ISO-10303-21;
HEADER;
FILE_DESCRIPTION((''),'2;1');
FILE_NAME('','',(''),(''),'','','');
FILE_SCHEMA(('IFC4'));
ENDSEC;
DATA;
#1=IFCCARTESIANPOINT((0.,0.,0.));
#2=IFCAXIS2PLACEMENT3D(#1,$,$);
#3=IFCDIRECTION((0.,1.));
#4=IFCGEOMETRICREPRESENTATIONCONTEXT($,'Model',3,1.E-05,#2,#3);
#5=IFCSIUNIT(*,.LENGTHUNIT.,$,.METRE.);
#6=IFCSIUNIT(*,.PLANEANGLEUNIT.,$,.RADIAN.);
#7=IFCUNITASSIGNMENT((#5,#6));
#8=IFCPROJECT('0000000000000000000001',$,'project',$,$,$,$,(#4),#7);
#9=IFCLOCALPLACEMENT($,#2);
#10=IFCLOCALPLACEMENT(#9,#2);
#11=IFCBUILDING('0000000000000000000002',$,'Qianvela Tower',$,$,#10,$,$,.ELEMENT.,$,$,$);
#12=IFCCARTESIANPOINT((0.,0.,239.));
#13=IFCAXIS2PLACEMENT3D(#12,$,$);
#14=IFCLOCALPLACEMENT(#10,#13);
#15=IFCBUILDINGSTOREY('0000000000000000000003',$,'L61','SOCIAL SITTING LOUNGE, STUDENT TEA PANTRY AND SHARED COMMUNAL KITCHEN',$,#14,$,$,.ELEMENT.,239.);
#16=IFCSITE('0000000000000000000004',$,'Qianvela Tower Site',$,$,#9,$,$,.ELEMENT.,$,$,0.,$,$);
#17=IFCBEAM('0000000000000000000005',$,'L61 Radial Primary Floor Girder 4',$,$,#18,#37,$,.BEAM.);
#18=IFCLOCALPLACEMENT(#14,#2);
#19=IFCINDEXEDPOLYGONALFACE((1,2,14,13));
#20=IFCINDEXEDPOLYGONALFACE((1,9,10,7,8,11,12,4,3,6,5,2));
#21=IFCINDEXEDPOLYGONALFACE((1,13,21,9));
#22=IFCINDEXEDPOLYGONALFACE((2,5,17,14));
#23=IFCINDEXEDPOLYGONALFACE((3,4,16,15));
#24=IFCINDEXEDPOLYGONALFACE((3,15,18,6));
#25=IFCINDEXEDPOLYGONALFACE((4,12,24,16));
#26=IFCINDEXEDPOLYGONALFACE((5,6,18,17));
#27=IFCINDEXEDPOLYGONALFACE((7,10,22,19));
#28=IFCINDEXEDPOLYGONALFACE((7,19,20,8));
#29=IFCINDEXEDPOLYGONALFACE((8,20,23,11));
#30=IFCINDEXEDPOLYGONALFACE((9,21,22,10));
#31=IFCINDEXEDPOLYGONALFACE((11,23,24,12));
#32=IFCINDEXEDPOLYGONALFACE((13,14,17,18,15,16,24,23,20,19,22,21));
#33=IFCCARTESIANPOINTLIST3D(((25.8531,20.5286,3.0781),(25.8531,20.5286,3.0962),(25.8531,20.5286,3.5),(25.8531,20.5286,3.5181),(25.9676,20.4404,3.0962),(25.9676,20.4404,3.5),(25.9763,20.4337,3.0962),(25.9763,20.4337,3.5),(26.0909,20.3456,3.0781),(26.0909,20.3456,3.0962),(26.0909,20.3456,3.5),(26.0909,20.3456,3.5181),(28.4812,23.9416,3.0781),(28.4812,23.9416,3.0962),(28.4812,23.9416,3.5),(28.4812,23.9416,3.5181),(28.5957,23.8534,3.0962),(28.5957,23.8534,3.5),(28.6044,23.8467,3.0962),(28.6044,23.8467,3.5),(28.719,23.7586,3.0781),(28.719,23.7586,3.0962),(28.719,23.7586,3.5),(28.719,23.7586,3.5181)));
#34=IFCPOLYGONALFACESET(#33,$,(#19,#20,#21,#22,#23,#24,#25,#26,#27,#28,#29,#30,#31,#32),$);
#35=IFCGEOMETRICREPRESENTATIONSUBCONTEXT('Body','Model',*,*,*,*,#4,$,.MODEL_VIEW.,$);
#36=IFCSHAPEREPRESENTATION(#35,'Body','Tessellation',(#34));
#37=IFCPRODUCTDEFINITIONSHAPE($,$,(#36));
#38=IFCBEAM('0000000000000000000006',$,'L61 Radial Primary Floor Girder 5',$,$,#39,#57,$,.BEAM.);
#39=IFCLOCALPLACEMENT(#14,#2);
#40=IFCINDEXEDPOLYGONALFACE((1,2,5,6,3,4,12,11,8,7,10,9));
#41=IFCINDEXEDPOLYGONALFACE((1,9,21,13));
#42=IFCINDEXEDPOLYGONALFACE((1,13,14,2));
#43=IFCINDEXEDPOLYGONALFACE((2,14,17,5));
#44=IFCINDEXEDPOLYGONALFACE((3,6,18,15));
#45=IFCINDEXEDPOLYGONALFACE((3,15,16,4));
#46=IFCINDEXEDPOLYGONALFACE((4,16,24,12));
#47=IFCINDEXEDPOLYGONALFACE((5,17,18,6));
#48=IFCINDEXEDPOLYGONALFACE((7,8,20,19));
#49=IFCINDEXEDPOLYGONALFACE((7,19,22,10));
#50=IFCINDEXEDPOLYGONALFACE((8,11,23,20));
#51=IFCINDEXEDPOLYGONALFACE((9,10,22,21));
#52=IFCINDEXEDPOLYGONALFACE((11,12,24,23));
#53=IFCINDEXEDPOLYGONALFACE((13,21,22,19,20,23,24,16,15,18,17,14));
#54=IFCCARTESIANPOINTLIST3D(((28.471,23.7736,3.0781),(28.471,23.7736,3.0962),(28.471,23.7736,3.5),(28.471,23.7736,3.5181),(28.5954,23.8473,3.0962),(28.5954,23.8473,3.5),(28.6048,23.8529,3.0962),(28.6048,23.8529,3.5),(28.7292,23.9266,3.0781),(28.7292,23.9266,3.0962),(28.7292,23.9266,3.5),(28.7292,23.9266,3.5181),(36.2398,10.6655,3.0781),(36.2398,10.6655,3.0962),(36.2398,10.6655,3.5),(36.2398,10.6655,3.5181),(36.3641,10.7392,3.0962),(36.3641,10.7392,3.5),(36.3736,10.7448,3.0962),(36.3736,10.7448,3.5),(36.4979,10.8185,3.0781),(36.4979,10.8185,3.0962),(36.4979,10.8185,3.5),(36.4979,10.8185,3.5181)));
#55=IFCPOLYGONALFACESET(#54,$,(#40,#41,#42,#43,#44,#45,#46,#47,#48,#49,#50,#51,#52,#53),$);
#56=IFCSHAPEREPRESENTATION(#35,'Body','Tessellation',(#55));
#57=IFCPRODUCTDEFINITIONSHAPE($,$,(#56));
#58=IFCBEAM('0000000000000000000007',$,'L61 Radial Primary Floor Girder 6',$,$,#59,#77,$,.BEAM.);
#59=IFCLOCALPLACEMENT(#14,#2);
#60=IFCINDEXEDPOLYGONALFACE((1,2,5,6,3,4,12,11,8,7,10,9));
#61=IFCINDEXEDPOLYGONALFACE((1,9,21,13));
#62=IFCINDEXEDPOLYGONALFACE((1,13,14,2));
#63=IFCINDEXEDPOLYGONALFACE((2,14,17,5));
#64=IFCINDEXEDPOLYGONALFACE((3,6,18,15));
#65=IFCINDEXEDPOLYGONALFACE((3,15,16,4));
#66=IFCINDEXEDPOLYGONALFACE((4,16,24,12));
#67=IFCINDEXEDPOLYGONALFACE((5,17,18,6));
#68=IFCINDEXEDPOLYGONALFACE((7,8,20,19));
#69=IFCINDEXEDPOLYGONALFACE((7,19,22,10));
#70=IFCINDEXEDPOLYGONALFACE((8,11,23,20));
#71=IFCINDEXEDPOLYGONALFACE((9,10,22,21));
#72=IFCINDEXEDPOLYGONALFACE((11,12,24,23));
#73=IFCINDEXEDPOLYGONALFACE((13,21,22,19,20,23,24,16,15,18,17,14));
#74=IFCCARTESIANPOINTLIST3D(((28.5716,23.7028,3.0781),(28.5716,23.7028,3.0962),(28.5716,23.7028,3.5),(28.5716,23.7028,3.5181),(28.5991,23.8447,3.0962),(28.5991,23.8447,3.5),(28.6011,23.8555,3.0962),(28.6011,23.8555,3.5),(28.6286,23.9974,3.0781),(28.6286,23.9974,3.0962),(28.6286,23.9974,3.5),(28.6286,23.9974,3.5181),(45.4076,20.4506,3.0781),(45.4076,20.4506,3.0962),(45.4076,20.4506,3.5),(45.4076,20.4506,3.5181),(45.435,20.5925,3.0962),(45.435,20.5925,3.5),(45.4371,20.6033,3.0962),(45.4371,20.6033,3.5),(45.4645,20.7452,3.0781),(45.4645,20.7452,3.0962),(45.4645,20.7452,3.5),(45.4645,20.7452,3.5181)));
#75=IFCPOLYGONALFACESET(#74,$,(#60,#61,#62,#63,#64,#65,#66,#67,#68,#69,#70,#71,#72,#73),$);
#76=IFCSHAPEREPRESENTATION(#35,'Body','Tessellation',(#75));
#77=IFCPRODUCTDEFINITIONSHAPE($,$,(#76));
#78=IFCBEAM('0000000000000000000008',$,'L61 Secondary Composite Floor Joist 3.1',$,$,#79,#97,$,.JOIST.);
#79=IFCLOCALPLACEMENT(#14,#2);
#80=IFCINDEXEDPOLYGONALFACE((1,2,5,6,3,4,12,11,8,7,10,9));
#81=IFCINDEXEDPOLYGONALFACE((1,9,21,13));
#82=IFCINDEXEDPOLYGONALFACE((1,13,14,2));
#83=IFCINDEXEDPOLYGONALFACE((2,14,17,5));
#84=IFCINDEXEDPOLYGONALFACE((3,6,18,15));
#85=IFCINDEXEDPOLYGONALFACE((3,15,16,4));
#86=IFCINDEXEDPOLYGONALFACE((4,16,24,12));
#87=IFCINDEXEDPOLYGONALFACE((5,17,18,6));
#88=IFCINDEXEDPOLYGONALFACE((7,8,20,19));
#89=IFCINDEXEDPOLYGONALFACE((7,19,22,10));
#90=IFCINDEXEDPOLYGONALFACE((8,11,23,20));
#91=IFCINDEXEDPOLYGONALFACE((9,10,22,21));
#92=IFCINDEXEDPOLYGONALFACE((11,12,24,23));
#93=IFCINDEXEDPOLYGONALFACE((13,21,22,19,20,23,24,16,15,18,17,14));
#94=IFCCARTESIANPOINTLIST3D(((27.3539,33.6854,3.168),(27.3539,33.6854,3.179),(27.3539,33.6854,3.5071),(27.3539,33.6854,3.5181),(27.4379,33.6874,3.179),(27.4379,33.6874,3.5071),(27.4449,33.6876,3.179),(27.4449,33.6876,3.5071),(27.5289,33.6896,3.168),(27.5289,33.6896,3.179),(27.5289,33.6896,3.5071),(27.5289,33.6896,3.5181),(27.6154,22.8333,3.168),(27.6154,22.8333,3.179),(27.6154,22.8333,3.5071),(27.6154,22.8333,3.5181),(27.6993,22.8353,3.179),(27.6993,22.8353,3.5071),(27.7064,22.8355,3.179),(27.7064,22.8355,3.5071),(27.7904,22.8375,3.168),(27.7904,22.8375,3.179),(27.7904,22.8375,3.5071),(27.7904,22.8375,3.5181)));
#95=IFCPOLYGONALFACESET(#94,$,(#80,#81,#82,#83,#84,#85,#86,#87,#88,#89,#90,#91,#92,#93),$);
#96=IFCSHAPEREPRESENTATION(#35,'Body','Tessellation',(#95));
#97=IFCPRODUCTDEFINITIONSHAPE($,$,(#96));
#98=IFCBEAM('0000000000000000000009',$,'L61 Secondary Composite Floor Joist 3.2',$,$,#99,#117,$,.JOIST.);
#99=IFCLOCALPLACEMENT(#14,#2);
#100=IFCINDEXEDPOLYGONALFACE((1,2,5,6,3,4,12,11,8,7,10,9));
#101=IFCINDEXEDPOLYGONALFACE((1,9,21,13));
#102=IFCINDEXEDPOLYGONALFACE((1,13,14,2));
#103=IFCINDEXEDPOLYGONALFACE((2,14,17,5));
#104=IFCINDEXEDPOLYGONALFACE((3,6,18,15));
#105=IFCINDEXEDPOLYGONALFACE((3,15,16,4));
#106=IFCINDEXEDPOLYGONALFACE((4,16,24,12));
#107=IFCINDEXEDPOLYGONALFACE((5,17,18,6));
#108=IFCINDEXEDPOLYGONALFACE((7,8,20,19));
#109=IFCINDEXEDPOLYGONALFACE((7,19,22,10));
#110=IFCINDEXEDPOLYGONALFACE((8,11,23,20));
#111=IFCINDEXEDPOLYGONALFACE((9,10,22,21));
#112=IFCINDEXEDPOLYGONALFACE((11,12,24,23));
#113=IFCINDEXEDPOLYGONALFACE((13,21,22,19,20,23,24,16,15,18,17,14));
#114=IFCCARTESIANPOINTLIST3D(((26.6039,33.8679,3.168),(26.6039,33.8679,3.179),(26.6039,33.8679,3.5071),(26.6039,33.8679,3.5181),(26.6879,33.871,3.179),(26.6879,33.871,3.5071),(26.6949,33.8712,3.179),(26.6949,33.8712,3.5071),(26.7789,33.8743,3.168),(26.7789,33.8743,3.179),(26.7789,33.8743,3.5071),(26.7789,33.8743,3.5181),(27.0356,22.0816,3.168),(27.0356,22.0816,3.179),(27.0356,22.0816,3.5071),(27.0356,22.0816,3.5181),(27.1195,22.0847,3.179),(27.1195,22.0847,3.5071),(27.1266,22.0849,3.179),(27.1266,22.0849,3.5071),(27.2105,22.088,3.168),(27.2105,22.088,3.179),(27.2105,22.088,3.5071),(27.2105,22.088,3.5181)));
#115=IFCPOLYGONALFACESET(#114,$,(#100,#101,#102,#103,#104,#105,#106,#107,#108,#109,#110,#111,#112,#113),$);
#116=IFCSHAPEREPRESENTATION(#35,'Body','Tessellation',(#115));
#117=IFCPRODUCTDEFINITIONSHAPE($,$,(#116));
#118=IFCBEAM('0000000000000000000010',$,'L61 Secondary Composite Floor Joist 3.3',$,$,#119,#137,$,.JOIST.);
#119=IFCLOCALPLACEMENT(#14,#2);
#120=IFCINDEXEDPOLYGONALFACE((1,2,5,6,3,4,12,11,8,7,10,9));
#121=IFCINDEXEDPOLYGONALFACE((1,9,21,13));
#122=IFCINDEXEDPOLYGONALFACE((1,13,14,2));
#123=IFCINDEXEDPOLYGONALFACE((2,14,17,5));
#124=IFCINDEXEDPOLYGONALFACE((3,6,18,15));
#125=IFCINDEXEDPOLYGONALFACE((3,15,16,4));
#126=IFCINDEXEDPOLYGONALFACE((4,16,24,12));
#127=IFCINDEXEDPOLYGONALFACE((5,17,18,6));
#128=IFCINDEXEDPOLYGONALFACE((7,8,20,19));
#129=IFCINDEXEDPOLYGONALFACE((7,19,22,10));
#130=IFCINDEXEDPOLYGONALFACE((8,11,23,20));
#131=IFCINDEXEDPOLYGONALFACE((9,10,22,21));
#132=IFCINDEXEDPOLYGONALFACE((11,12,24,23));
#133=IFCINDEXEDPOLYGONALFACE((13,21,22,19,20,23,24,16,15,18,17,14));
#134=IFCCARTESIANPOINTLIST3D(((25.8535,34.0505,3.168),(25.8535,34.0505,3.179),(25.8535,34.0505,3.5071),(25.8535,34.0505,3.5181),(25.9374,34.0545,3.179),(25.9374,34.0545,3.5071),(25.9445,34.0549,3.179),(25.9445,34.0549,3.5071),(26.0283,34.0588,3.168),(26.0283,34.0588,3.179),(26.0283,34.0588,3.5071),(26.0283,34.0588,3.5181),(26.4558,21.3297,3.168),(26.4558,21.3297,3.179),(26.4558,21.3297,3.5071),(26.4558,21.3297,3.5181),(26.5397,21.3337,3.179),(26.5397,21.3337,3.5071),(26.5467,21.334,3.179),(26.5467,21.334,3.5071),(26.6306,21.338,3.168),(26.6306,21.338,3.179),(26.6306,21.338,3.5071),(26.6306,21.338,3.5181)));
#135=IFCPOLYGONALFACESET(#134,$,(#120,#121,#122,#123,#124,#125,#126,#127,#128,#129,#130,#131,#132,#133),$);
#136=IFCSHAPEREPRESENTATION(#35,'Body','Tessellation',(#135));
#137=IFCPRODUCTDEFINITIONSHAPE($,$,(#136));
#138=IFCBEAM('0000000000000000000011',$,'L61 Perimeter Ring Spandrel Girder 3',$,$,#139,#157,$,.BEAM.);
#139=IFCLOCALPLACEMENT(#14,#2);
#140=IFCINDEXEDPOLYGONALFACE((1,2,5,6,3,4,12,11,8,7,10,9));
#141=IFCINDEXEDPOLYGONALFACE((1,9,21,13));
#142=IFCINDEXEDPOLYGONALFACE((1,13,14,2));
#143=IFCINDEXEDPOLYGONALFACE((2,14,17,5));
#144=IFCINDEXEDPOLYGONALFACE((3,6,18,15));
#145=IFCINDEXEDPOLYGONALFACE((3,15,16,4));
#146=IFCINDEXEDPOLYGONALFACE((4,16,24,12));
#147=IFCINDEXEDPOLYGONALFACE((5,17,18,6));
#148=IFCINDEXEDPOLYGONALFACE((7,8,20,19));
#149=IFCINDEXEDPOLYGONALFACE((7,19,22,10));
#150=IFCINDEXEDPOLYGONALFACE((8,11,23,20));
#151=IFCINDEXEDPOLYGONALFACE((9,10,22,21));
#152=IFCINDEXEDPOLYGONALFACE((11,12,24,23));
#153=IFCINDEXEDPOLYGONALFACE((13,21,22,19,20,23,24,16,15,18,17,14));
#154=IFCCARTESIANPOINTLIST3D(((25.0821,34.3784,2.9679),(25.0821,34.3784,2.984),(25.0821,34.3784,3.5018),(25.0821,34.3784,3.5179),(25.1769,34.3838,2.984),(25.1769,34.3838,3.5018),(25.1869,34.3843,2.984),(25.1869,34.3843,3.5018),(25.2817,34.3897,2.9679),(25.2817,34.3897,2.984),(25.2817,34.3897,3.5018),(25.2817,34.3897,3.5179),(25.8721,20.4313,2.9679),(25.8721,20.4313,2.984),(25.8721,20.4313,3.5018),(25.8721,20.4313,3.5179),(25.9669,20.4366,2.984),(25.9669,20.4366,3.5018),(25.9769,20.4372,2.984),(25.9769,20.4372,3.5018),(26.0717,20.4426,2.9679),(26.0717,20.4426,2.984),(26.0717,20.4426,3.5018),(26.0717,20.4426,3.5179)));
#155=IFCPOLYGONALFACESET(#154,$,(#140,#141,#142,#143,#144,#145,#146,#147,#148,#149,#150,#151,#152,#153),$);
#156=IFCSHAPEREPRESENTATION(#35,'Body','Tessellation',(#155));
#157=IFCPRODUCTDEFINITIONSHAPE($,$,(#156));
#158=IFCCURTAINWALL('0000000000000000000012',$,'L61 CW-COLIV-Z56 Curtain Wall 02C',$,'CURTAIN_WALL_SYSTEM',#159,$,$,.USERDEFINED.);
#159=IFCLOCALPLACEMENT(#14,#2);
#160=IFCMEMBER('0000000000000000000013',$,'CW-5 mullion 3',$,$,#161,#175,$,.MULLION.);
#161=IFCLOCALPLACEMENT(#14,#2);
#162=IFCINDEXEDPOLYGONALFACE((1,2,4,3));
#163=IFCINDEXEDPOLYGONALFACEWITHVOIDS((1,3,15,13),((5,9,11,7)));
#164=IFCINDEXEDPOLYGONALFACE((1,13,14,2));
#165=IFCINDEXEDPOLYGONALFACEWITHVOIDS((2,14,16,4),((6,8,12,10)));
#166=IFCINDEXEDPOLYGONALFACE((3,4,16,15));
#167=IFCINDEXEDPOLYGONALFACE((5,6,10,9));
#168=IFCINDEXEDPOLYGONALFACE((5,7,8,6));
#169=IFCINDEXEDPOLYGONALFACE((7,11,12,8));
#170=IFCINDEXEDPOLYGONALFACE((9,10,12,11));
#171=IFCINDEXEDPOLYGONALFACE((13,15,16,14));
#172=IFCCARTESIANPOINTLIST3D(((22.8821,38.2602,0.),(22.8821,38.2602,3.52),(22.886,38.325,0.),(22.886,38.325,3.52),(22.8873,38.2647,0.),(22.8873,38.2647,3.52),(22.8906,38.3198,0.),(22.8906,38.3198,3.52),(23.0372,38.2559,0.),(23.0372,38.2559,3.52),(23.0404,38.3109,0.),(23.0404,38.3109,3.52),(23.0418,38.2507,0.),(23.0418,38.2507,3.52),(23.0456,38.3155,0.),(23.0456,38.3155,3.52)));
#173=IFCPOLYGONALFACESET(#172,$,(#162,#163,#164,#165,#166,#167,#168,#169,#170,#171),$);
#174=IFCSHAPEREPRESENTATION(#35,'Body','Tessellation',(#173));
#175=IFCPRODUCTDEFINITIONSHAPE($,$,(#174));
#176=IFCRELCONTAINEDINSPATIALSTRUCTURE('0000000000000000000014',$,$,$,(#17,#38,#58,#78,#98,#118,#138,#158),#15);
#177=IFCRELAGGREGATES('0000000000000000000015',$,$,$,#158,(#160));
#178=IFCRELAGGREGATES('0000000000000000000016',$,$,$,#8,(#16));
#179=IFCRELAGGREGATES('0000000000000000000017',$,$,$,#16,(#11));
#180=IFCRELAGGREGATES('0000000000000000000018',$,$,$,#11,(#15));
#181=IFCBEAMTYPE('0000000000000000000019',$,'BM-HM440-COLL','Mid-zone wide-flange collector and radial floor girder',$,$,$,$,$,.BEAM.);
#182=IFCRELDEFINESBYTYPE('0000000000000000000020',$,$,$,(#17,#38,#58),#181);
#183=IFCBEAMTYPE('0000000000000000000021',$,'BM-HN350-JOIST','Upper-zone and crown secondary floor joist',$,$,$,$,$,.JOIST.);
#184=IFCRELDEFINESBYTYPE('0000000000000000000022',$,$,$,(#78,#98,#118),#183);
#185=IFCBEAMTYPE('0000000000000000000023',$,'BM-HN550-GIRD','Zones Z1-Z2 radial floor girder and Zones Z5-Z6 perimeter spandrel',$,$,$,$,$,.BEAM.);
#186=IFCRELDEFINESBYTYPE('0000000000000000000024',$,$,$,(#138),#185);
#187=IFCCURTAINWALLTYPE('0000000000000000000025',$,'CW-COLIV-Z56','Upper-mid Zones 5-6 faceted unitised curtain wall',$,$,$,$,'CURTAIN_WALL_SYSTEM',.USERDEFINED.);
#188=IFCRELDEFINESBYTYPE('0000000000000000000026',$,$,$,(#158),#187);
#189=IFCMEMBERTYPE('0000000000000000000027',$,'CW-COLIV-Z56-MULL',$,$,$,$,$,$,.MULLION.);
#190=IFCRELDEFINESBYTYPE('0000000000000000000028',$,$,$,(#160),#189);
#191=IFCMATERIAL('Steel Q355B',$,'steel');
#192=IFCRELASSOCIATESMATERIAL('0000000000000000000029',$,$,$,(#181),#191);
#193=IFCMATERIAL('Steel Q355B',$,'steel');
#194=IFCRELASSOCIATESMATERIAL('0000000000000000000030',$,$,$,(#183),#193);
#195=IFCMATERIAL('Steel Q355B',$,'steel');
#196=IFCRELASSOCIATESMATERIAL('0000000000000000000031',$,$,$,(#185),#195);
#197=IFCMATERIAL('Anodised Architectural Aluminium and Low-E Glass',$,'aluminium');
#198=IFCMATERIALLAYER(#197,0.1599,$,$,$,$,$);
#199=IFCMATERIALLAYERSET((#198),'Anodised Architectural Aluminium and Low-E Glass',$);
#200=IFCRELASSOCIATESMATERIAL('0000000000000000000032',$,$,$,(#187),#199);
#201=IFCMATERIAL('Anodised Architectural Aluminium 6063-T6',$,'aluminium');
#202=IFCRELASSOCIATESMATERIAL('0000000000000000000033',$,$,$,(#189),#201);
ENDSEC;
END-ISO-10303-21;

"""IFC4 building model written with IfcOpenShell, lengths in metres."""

from ifc_helpers import new_model, si_unit, direction, frame, origin, origin_2d, place, context, subcontext, project, spatial, hollow_rectangle, i_section, extrude, material, layer, layer_set, material_profile, profile_set, type_object, element, aggregate, save


model = new_model("IFC4")

# Units and contexts
model_context = context("Model", 3, precision=1e-05, world=origin(), true_north=direction((0.0, 1.0)))
body_context = subcontext(model_context, "Body", "Model", "MODEL_VIEW")
ifc_project = project(units=[si_unit("LENGTHUNIT", "METRE"), si_unit("PLANEANGLEUNIT", "RADIAN")], contexts=[model_context])

# Site, building, storey
site_placement = place(None, origin())
site = spatial("IfcSite", under=ifc_project, at=site_placement, Name="Qianvela Tower Site", CompositionType="ELEMENT", RefElevation=0.0)
building_placement = place(site_placement, origin())
building = spatial("IfcBuilding", under=site, at=building_placement, Name="Qianvela Tower", CompositionType="ELEMENT")
storey_placement = place(building_placement, frame((0.0, 0.0, 239.0)))
storey = spatial("IfcBuildingStorey", under=building, at=storey_placement, Name="L61", Description="SOCIAL SITTING LOUNGE, STUDENT TEA PANTRY AND SHARED COMMUNAL KITCHEN", CompositionType="ELEMENT", Elevation=239.0)

# Beams
ifc_material_1 = material(Name="Steel Q355B", Category="steel")
ifc_material_profile_1 = material_profile(ifc_material_1, i_section(OverallWidth=0.3, OverallDepth=0.4399, WebThickness=0.011, FlangeThickness=0.0181, at=origin_2d()), Name="HM440x300x11x18")
ifc_profile_set_1 = profile_set([ifc_material_profile_1], Name="Steel Q355B")
beam_type_1 = type_object("IfcBeamType", Name="BM-HM440-COLL", Description="Mid-zone wide-flange collector and radial floor girder", PredefinedType="BEAM", material=ifc_profile_set_1)
beam_1_placement = place(storey_placement, frame((28.6001, 23.8501, 3.2981), z_axis=(-0.610108, -0.792318, 0.0), x_axis=(0.792318, -0.610108, 0.0)))
element("IfcBeam", 1, at=beam_1_placement, inside=storey, type_object=beam_type_1, Name="L61 Radial Primary Floor Girder 4", PredefinedType="BEAM", context=body_context, shape_type="SweptSolid", body=[
    extrude(i_section(OverallWidth=0.3, OverallDepth=0.4399, WebThickness=0.011, FlangeThickness=0.0181, at=origin_2d()), origin(), (0.0, 0.0, 1.0), 4.3076),
])
beam_2_placement = place(storey_placement, frame((28.6001, 23.8501, 3.2981), z_axis=(0.509851, -0.860263, 0.0), x_axis=(0.860263, 0.509851, 0.0)))
element("IfcBeam", 2, at=beam_2_placement, inside=storey, type_object=beam_type_1, Name="L61 Radial Primary Floor Girder 5", PredefinedType="BEAM", context=body_context, shape_type="SweptSolid", body=[
    extrude(i_section(OverallWidth=0.3, OverallDepth=0.4399, WebThickness=0.011, FlangeThickness=0.0181, at=origin_2d()), origin(), (0.0, 0.0, 1.0), 15.2373),
])
beam_3_placement = place(storey_placement, frame((28.6001, 23.8501, 3.2981), z_axis=(0.981849, -0.189664, 0.0), x_axis=(0.189664, 0.981849, 0.0)))
element("IfcBeam", 3, at=beam_3_placement, inside=storey, type_object=beam_type_1, Name="L61 Radial Primary Floor Girder 6", PredefinedType="BEAM", context=body_context, shape_type="SweptSolid", body=[
    extrude(i_section(OverallWidth=0.3, OverallDepth=0.4399, WebThickness=0.011, FlangeThickness=0.0181, at=origin_2d()), origin(), (0.0, 0.0, 1.0), 17.1472),
])
ifc_material_2 = material(Name="Steel Q355B", Category="steel")
ifc_material_profile_2 = material_profile(ifc_material_2, i_section(OverallWidth=0.175, OverallDepth=0.3501, WebThickness=0.0071, FlangeThickness=0.011, at=origin_2d()), Name="HN350x175x7x11")
ifc_profile_set_2 = profile_set([ifc_material_profile_2], Name="Steel Q355B")
beam_type_2 = type_object("IfcBeamType", Name="BM-HN350-JOIST", Description="Upper-zone and crown secondary floor joist", PredefinedType="JOIST", material=ifc_profile_set_2)
beam_4_placement = place(storey_placement, frame((27.4414, 33.6875, 3.343), z_axis=(0.024087, -0.99971, 0.0), x_axis=(0.99971, 0.024087, 0.0)))
element("IfcBeam", 4, at=beam_4_placement, inside=storey, type_object=beam_type_2, Name="L61 Secondary Composite Floor Joist 3.1", PredefinedType="JOIST", context=body_context, shape_type="SweptSolid", body=[
    extrude(i_section(OverallWidth=0.175, OverallDepth=0.3501, WebThickness=0.0071, FlangeThickness=0.011, at=origin_2d()), origin(), (0.0, 0.0, 1.0), 10.8552),
])
beam_5_placement = place(storey_placement, frame((26.6914, 33.8711, 3.343), z_axis=(0.036597, -0.99933, 0.0), x_axis=(0.99933, 0.036597, 0.0)))
element("IfcBeam", 5, at=beam_5_placement, inside=storey, type_object=beam_type_2, Name="L61 Secondary Composite Floor Joist 3.2", PredefinedType="JOIST", context=body_context, shape_type="SweptSolid", body=[
    extrude(i_section(OverallWidth=0.175, OverallDepth=0.3501, WebThickness=0.0071, FlangeThickness=0.011, at=origin_2d()), origin(), (0.0, 0.0, 1.0), 11.7942),
])
beam_6_placement = place(storey_placement, frame((25.9409, 34.0547, 3.343), z_axis=(0.047294, -0.998881, 0.0), x_axis=(0.998881, 0.047294, 0.0)))
element("IfcBeam", 6, at=beam_6_placement, inside=storey, type_object=beam_type_2, Name="L61 Secondary Composite Floor Joist 3.3", PredefinedType="JOIST", context=body_context, shape_type="SweptSolid", body=[
    extrude(i_section(OverallWidth=0.175, OverallDepth=0.3501, WebThickness=0.0071, FlangeThickness=0.011, at=origin_2d()), origin(), (0.0, 0.0, 1.0), 12.7351),
])
ifc_material_3 = material(Name="Steel Q355B", Category="steel")
ifc_material_profile_3 = material_profile(ifc_material_3, i_section(OverallWidth=0.2, OverallDepth=0.55, WebThickness=0.01, FlangeThickness=0.0161, at=origin_2d()), Name="HN550x200x10x16")
ifc_profile_set_3 = profile_set([ifc_material_profile_3], Name="Steel Q355B")
beam_type_3 = type_object("IfcBeamType", Name="BM-HN550-GIRD", Description="Zones Z1-Z2 radial floor girder and Zones Z5-Z6 perimeter spandrel", PredefinedType="BEAM", material=ifc_profile_set_3)
beam_7_placement = place(storey_placement, frame((25.1819, 34.384, 3.2429), z_axis=(0.056555, -0.998399, 0.0), x_axis=(0.998399, 0.056555, 0.0)))
element("IfcBeam", 7, at=beam_7_placement, inside=storey, type_object=beam_type_3, Name="L61 Perimeter Ring Spandrel Girder 3", PredefinedType="BEAM", context=body_context, shape_type="SweptSolid", body=[
    extrude(i_section(OverallWidth=0.2, OverallDepth=0.55, WebThickness=0.01, FlangeThickness=0.0161, at=origin_2d()), origin(), (0.0, 0.0, 1.0), 13.9695),
])

# Curtain wall, member
ifc_material_4 = material(Name="Anodised Architectural Aluminium and Low-E Glass", Category="aluminium")
ifc_layer_1 = layer(ifc_material_4, 0.1599)
ifc_layer_set_1 = layer_set([ifc_layer_1], Name="Anodised Architectural Aluminium and Low-E Glass")
curtain_wall_type = type_object("IfcCurtainWallType", Name="CW-COLIV-Z56", Description="Upper-mid Zones 5-6 faceted unitised curtain wall", ElementType="CURTAIN_WALL_SYSTEM", PredefinedType="USERDEFINED", material=ifc_layer_set_1)
curtain_wall_1_placement = place(storey_placement, origin())
curtain_wall_1 = element("IfcCurtainWall", 8, at=curtain_wall_1_placement, inside=storey, type_object=curtain_wall_type, Name="L61 CW-COLIV-Z56 Curtain Wall 02C", ObjectType="CURTAIN_WALL_SYSTEM", PredefinedType="USERDEFINED")
ifc_material_5 = material(Name="Anodised Architectural Aluminium 6063-T6", Category="aluminium")
ifc_material_profile_4 = material_profile(ifc_material_5, hollow_rectangle(XDim=0.0649, YDim=0.1599, WallThickness=0.0049, at=origin_2d()), Name="ALU-MULL-65x160")
ifc_profile_set_4 = profile_set([ifc_material_profile_4], Name="Anodised Architectural Aluminium 6063-T6")
member_type_1 = type_object("IfcMemberType", Name="CW-COLIV-Z56-MULL", PredefinedType="MULLION", material=ifc_profile_set_4)
member_1_placement = place(storey_placement, frame((22.9639, 38.2878, 0.0), z_axis=(0.0, 0.0, 1.0), x_axis=(-0.05918, -0.998247, 0.0)))
member_1 = element("IfcMember", 9, at=member_1_placement, type_object=member_type_1, Name="CW-5 mullion 3", PredefinedType="MULLION", context=body_context, shape_type="SweptSolid", body=[
    extrude(hollow_rectangle(XDim=0.0649, YDim=0.1599, WallThickness=0.0049, at=origin_2d()), origin(), (0.0, 0.0, 1.0), 3.52),
])

aggregate(curtain_wall_1, [member_1])

save(model, "model.ifc")
